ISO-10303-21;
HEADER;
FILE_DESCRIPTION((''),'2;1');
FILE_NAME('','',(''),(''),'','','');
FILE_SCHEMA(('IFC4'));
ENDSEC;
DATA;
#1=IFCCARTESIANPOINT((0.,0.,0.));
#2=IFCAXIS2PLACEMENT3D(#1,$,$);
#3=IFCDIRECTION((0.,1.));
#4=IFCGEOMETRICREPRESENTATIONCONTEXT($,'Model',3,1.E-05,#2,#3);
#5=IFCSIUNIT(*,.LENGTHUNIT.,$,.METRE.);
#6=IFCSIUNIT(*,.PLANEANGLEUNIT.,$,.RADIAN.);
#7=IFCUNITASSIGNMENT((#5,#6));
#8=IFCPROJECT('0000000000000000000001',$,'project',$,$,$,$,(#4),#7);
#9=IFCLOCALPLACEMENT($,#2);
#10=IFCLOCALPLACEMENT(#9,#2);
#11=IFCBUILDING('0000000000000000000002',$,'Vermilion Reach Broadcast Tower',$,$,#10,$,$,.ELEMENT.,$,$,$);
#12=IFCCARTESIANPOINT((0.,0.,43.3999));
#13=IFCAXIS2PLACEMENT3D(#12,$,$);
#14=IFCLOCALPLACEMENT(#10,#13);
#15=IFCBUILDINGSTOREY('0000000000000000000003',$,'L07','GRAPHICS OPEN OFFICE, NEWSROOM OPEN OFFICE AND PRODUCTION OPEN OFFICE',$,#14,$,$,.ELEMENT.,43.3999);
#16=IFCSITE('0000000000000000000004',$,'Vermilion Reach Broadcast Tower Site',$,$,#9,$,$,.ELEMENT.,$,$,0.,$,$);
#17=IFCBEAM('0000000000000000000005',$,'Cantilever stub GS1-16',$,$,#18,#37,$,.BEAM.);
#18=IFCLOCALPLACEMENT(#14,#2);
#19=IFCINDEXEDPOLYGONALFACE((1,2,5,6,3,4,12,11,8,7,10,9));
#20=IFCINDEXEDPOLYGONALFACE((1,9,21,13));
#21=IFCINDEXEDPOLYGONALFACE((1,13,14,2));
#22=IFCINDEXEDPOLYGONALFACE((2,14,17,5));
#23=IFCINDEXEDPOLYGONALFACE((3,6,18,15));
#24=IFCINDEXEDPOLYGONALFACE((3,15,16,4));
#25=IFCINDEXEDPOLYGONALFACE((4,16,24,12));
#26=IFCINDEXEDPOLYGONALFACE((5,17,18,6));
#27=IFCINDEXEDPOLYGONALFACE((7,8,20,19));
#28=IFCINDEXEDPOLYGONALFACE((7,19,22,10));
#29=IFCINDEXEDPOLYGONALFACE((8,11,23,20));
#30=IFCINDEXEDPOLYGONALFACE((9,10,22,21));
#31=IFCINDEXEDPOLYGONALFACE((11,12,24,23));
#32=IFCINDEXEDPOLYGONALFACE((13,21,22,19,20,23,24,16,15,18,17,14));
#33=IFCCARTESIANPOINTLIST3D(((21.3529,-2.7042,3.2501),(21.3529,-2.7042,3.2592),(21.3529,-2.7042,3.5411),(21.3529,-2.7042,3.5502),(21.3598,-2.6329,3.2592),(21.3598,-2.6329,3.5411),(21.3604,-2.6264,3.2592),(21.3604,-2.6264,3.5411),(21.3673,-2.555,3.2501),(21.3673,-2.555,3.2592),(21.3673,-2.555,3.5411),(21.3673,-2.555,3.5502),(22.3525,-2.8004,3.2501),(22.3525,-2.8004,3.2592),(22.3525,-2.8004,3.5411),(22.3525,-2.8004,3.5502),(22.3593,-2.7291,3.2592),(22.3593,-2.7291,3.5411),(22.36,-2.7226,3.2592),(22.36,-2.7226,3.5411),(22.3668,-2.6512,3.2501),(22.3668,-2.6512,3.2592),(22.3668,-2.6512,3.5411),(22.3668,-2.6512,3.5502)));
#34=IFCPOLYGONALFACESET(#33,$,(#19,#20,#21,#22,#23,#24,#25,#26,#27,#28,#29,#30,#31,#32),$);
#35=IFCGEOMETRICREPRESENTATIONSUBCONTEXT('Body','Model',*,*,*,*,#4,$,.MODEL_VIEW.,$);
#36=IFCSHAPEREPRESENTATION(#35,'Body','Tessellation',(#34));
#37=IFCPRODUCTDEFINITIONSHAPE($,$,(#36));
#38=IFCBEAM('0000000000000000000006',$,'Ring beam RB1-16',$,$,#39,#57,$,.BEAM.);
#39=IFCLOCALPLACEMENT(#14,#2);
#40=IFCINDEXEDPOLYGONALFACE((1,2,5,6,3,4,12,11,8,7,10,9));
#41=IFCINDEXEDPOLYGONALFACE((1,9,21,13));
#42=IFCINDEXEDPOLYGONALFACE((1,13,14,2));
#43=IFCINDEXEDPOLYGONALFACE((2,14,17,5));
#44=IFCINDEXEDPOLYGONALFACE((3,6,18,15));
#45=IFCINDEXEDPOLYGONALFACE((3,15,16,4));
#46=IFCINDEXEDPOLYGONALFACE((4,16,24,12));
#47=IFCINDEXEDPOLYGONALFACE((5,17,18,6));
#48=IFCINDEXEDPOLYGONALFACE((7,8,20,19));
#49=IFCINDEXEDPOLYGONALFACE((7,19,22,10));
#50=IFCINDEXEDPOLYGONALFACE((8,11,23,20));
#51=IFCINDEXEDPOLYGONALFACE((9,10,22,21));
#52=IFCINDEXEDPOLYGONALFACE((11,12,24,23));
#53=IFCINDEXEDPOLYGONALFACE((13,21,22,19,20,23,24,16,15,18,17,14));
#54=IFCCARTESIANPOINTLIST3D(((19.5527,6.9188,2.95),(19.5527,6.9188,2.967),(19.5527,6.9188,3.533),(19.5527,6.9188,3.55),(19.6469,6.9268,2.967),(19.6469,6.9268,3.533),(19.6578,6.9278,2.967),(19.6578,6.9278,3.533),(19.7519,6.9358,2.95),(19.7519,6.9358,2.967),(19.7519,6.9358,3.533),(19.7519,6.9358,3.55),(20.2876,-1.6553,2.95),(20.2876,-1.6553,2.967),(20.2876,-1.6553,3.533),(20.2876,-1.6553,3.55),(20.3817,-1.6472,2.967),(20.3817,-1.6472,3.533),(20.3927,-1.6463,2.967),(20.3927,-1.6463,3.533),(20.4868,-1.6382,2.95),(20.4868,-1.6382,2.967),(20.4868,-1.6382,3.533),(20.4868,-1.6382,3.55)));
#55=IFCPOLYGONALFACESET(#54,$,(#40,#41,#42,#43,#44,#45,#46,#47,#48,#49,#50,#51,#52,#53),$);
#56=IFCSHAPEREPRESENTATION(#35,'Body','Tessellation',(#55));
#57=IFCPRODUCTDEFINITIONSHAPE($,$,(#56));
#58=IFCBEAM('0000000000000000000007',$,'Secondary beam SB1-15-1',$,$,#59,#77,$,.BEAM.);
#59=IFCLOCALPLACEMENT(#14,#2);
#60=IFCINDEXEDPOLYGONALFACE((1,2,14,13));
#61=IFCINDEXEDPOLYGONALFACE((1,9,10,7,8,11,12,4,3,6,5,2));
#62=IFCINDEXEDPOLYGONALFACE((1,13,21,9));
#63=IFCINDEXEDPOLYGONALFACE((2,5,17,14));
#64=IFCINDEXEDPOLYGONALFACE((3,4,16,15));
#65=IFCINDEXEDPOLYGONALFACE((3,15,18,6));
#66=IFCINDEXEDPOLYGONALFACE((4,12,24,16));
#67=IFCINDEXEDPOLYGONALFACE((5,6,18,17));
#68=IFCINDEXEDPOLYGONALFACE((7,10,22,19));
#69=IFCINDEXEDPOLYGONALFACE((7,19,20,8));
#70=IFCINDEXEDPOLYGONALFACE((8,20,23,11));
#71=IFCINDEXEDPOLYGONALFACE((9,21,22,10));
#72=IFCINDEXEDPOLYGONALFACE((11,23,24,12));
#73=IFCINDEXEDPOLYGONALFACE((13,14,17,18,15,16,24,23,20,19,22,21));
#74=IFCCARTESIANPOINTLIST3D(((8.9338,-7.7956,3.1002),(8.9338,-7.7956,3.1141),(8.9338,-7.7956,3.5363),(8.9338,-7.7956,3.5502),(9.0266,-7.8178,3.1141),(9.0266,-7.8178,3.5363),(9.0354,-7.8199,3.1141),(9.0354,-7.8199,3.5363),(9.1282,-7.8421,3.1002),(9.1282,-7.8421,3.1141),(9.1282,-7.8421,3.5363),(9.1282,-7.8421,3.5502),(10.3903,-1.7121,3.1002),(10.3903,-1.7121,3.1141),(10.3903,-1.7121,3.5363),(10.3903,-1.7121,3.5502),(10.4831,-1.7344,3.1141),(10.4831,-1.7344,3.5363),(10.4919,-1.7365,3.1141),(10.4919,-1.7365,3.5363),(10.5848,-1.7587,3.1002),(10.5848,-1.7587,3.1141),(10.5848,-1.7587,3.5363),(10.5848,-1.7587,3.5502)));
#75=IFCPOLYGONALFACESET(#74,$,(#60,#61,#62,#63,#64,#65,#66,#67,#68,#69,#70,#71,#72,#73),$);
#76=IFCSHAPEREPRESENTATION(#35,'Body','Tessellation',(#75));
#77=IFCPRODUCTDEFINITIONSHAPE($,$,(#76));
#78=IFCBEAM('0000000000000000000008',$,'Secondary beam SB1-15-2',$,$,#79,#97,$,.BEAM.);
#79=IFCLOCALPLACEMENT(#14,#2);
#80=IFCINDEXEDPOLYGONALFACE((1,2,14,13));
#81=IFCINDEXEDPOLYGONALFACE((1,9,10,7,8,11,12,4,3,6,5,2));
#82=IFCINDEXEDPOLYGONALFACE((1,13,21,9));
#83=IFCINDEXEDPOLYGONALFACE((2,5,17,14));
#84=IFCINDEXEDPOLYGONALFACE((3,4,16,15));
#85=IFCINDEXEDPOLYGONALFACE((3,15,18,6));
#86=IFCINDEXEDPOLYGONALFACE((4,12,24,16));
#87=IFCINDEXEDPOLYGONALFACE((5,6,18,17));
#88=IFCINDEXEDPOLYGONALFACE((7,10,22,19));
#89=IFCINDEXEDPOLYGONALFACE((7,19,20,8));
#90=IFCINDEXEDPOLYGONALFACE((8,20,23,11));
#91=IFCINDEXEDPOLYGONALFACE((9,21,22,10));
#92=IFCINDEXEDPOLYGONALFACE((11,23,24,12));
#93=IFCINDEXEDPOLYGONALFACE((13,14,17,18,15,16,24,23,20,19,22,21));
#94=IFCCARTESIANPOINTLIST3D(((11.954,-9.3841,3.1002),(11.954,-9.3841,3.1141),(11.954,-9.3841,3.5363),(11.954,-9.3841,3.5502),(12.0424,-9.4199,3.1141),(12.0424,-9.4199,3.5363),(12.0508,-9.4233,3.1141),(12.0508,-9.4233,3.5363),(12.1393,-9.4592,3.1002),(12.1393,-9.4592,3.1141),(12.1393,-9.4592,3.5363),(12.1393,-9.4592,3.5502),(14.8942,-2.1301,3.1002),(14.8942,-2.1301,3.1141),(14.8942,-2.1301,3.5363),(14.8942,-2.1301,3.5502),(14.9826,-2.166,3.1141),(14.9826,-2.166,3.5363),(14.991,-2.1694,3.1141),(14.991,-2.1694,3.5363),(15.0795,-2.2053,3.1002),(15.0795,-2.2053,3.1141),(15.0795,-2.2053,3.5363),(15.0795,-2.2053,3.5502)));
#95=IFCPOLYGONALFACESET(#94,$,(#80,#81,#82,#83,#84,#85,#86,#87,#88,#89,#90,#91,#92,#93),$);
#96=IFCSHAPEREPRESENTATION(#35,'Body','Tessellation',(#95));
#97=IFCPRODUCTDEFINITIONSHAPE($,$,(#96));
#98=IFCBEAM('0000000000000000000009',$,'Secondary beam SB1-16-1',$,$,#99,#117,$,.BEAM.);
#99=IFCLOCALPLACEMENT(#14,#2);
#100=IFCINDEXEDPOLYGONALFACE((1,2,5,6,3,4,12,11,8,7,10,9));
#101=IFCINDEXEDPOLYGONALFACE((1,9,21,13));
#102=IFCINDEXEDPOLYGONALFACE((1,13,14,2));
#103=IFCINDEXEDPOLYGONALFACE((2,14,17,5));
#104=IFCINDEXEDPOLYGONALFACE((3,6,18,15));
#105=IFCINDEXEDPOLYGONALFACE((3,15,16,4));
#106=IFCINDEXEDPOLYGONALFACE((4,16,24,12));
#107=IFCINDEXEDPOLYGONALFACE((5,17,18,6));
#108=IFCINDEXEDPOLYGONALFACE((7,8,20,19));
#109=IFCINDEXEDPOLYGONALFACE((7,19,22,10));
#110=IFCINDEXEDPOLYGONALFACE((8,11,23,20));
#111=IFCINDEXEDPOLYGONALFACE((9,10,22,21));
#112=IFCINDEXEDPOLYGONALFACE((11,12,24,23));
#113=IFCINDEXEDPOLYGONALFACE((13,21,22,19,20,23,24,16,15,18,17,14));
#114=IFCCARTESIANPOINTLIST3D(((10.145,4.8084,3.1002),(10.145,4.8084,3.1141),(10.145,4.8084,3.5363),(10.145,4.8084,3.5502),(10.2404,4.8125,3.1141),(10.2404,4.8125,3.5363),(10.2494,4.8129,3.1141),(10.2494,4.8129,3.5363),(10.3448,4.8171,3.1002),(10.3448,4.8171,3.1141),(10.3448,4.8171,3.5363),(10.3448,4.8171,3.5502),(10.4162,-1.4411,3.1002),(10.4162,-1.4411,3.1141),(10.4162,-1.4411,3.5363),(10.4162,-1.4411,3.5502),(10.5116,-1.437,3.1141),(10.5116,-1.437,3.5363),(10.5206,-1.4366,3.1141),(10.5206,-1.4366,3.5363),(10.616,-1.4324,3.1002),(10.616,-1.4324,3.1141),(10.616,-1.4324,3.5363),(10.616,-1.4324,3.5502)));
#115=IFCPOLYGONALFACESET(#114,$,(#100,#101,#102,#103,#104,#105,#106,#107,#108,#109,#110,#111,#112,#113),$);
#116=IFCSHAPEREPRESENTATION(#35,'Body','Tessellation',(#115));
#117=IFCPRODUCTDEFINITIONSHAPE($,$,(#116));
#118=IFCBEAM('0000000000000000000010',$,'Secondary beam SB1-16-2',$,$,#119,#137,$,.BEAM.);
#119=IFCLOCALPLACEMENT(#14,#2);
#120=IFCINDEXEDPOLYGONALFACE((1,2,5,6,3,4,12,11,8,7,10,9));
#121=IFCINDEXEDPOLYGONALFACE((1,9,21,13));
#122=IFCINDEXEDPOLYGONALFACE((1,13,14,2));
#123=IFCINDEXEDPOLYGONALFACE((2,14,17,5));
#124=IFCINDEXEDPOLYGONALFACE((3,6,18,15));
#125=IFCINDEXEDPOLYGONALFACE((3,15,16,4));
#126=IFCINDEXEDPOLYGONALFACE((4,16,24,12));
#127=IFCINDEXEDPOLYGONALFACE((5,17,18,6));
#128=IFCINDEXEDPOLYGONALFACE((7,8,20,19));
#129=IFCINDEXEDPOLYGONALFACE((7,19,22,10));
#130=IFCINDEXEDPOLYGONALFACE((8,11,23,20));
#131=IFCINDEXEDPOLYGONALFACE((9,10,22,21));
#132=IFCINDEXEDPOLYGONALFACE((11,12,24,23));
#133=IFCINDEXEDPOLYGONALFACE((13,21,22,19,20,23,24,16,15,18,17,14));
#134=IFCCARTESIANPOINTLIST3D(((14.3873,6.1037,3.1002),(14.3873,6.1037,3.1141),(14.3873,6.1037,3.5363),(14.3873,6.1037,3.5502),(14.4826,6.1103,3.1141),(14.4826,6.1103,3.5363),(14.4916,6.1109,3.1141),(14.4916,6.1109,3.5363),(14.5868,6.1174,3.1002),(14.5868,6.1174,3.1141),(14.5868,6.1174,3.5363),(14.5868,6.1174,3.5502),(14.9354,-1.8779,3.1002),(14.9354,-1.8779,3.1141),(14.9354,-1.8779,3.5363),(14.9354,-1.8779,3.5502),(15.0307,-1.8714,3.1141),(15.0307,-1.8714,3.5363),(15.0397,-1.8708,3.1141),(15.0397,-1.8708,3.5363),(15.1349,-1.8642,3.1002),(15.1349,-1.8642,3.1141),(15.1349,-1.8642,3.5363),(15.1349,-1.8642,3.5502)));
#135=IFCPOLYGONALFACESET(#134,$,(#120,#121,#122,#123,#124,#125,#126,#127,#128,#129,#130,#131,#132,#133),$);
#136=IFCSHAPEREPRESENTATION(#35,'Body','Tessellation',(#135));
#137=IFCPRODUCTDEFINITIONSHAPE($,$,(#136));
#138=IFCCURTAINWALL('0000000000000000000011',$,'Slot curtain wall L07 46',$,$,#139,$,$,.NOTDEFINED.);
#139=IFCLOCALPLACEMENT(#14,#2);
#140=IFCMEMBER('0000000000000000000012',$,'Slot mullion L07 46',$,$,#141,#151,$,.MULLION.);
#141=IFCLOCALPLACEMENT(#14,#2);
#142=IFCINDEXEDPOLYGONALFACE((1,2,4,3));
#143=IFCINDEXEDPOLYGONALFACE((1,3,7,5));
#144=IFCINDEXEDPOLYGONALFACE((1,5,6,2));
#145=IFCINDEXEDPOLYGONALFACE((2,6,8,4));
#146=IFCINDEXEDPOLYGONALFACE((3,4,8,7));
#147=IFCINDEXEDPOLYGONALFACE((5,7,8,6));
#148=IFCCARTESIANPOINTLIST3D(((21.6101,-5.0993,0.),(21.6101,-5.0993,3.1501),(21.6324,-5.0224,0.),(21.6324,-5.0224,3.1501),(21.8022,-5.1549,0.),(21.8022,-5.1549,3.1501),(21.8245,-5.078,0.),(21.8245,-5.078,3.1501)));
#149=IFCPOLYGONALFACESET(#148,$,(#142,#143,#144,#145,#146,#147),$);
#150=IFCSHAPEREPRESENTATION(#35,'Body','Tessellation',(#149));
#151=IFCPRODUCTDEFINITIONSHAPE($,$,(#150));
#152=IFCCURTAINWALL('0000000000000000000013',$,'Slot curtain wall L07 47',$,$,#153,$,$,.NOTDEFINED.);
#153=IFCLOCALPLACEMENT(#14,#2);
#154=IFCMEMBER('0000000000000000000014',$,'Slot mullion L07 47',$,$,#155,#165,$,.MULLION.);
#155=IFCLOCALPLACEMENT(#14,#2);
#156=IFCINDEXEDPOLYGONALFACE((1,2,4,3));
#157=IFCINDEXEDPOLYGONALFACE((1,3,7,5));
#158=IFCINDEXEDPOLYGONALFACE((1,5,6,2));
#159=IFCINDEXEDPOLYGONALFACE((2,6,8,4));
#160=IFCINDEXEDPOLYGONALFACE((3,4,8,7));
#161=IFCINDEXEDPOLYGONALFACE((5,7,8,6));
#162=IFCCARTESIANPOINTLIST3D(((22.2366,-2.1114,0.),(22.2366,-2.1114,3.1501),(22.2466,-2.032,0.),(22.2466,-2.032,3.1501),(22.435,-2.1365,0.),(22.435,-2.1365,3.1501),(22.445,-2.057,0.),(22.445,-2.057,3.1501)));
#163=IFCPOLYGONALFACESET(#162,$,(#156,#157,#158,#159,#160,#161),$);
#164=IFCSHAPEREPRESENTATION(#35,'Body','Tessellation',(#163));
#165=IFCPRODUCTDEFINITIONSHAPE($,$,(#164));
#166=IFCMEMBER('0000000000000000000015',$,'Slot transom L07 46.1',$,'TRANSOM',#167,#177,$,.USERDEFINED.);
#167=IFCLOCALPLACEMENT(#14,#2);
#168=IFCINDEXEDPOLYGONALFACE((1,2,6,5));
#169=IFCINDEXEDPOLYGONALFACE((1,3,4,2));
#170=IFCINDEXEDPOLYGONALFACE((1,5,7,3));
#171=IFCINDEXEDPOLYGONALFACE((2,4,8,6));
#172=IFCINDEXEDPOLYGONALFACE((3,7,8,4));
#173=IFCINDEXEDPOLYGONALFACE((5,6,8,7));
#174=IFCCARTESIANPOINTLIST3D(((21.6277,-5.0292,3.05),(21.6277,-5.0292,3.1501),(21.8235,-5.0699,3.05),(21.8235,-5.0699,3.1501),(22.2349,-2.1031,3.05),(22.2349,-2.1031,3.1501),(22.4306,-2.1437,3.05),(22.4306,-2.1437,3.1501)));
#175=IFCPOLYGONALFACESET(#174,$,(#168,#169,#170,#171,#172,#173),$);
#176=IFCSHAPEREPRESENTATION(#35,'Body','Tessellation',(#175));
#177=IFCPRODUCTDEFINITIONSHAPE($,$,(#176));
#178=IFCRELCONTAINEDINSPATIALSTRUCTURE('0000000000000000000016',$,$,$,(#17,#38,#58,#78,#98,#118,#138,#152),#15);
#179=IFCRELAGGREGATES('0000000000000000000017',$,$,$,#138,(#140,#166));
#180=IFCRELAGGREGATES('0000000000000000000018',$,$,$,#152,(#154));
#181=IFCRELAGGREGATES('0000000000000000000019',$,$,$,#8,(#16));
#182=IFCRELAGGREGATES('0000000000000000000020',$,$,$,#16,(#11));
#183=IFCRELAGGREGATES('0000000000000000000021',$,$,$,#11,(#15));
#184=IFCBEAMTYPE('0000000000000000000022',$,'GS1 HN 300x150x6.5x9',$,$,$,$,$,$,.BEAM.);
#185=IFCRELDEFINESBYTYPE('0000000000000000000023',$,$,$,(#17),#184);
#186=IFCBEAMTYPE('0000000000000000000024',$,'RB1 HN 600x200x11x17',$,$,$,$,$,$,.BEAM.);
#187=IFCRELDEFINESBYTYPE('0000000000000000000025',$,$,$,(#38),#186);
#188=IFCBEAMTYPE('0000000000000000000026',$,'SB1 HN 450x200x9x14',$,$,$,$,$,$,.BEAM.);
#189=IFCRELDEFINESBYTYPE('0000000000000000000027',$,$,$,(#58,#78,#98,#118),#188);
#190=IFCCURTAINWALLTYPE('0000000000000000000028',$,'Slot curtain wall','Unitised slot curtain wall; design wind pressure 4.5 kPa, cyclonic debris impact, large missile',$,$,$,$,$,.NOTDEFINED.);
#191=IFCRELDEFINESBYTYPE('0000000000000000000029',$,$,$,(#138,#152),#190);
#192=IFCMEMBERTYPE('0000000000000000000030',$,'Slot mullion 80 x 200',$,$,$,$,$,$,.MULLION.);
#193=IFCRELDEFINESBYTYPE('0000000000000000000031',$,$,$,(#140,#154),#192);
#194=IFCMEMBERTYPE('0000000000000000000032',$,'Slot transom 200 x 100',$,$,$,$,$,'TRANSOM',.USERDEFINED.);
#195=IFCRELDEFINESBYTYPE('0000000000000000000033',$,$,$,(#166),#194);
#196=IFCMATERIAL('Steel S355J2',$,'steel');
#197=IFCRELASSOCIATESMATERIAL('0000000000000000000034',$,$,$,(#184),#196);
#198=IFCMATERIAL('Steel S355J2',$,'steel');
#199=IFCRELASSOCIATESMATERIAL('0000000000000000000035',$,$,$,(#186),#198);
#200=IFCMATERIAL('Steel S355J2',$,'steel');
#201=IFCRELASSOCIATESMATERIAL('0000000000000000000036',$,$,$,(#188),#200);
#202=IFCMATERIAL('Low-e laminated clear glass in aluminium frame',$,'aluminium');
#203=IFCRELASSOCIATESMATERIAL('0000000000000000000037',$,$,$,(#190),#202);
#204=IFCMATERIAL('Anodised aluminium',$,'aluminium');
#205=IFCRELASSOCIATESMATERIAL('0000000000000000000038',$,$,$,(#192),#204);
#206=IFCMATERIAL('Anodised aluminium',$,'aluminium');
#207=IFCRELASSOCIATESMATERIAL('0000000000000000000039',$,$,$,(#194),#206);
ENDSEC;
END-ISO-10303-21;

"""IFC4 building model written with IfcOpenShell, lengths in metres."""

from ifc_helpers import new_model, si_unit, direction, frame, origin, origin_2d, place, context, subcontext, project, spatial, rectangle, i_section, extrude, material, material_profile, profile_set, type_object, element, aggregate, save


model = new_model("IFC4")

# Units and contexts
model_context = context("Model", 3, precision=1e-05, world=origin(), true_north=direction((0.0, 1.0)))
body_context = subcontext(model_context, "Body", "Model", "MODEL_VIEW")
ifc_project = project(units=[si_unit("LENGTHUNIT", "METRE"), si_unit("PLANEANGLEUNIT", "RADIAN")], contexts=[model_context])

# Site, building, storey
site_placement = place(None, origin())
site = spatial("IfcSite", under=ifc_project, at=site_placement, Name="Vermilion Reach Broadcast Tower Site", CompositionType="ELEMENT", RefElevation=0.0)
building_placement = place(site_placement, origin())
building = spatial("IfcBuilding", under=site, at=building_placement, Name="Vermilion Reach Broadcast Tower", CompositionType="ELEMENT")
storey_placement = place(building_placement, frame((0.0, 0.0, 43.3999)))
storey = spatial("IfcBuildingStorey", under=building, at=storey_placement, Name="L07", Description="GRAPHICS OPEN OFFICE, NEWSROOM OPEN OFFICE AND PRODUCTION OPEN OFFICE", CompositionType="ELEMENT", Elevation=43.3999)

# Beams
ifc_material_1 = material(Name="Steel S355J2", Category="steel")
ifc_material_profile_1 = material_profile(ifc_material_1, i_section(OverallWidth=0.1499, OverallDepth=0.3, WebThickness=0.0066, FlangeThickness=0.009, at=origin_2d()), Name="S355J2 HN 300x150x6.5x9")
ifc_profile_set_1 = profile_set([ifc_material_profile_1], Name="Steel S355J2")
beam_type_1 = type_object("IfcBeamType", Name="GS1 HN 300x150x6.5x9", PredefinedType="BEAM", material=ifc_profile_set_1)
beam_1_placement = place(storey_placement, frame((21.3601, -2.6296, 3.4001), z_axis=(0.995401, -0.095796, 0.0), x_axis=(0.095796, 0.995401, 0.0)))
element("IfcBeam", 1, at=beam_1_placement, inside=storey, type_object=beam_type_1, Name="Cantilever stub GS1-16", PredefinedType="BEAM", context=body_context, shape_type="SweptSolid", body=[
    extrude(i_section(OverallWidth=0.1499, OverallDepth=0.3, WebThickness=0.0066, FlangeThickness=0.009, at=origin_2d()), origin(), (0.0, 0.0, 1.0), 1.0042),
])
ifc_material_2 = material(Name="Steel S355J2", Category="steel")
ifc_material_profile_2 = material_profile(ifc_material_2, i_section(OverallWidth=0.2, OverallDepth=0.6001, WebThickness=0.011, FlangeThickness=0.0171, at=origin_2d()), Name="S355J2 HN 600x200x11x17")
ifc_profile_set_2 = profile_set([ifc_material_profile_2], Name="Steel S355J2")
beam_type_2 = type_object("IfcBeamType", Name="RB1 HN 600x200x11x17", PredefinedType="BEAM", material=ifc_profile_set_2)
beam_2_placement = place(storey_placement, frame((20.3872, -1.6467, 3.25), z_axis=(-0.085396, 0.996347, 0.0), x_axis=(-0.996347, -0.085396, 0.0)))
element("IfcBeam", 2, at=beam_2_placement, inside=storey, type_object=beam_type_2, Name="Ring beam RB1-16", PredefinedType="BEAM", context=body_context, shape_type="SweptSolid", body=[
    extrude(i_section(OverallWidth=0.2, OverallDepth=0.6001, WebThickness=0.011, FlangeThickness=0.0171, at=origin_2d()), origin(), (0.0, 0.0, 1.0), 8.6055),
])
ifc_material_3 = material(Name="Steel S355J2", Category="steel")
ifc_material_profile_3 = material_profile(ifc_material_3, i_section(OverallWidth=0.2, OverallDepth=0.45, WebThickness=0.009, FlangeThickness=0.0139, at=origin_2d()), Name="S355J2 HN 450x200x9x14")
ifc_profile_set_3 = profile_set([ifc_material_profile_3], Name="Steel S355J2")
beam_type_3 = type_object("IfcBeamType", Name="SB1 HN 450x200x9x14", PredefinedType="BEAM", material=ifc_profile_set_3)
beam_3_placement = place(storey_placement, frame((9.031, -7.8188, 3.3252), z_axis=(0.232844, 0.972514, 0.0), x_axis=(-0.972514, 0.232844, 0.0)))
element("IfcBeam", 3, at=beam_3_placement, inside=storey, type_object=beam_type_3, Name="Secondary beam SB1-15-1", PredefinedType="BEAM", context=body_context, shape_type="SweptSolid", body=[
    extrude(i_section(OverallWidth=0.2, OverallDepth=0.45, WebThickness=0.009, FlangeThickness=0.0139, at=origin_2d()), origin(), (0.0, 0.0, 1.0), 6.2554),
])
beam_4_placement = place(storey_placement, frame((12.0466, -9.4216, 3.3252), z_axis=(0.375641, 0.926765, 0.0), x_axis=(-0.926765, 0.375641, 0.0)))
element("IfcBeam", 4, at=beam_4_placement, inside=storey, type_object=beam_type_3, Name="Secondary beam SB1-15-2", PredefinedType="BEAM", context=body_context, shape_type="SweptSolid", body=[
    extrude(i_section(OverallWidth=0.2, OverallDepth=0.45, WebThickness=0.009, FlangeThickness=0.0139, at=origin_2d()), origin(), (0.0, 0.0, 1.0), 7.8271),
])
beam_5_placement = place(storey_placement, frame((10.5161, -1.4368, 3.3252), z_axis=(-0.043361, 0.999059, 0.0), x_axis=(-0.999059, -0.043361, 0.0)))
element("IfcBeam", 5, at=beam_5_placement, inside=storey, type_object=beam_type_3, Name="Secondary beam SB1-16-1", PredefinedType="BEAM", context=body_context, shape_type="SweptSolid", body=[
    extrude(i_section(OverallWidth=0.2, OverallDepth=0.45, WebThickness=0.009, FlangeThickness=0.0139, at=origin_2d()), origin(), (0.0, 0.0, 1.0), 6.2554),
])
beam_6_placement = place(storey_placement, frame((15.0352, -1.8711, 3.3252), z_axis=(-0.068508, 0.997651, 0.0), x_axis=(-0.997651, -0.068508, 0.0)))
element("IfcBeam", 6, at=beam_6_placement, inside=storey, type_object=beam_type_3, Name="Secondary beam SB1-16-2", PredefinedType="BEAM", context=body_context, shape_type="SweptSolid", body=[
    extrude(i_section(OverallWidth=0.2, OverallDepth=0.45, WebThickness=0.009, FlangeThickness=0.0139, at=origin_2d()), origin(), (0.0, 0.0, 1.0), 8.0005),
])

# Curtain walls, members
ifc_material_4 = material(Name="Low-e laminated clear glass in aluminium frame", Category="aluminium")
curtain_wall_type = type_object("IfcCurtainWallType", Name="Slot curtain wall", Description="Unitised slot curtain wall; design wind pressure 4.5 kPa, cyclonic debris impact, large missile", PredefinedType="NOTDEFINED", material=ifc_material_4)
placement = place(storey_placement, origin())
curtain_wall_1 = element("IfcCurtainWall", 7, at=placement, inside=storey, type_object=curtain_wall_type, Name="Slot curtain wall L07 46", PredefinedType="NOTDEFINED")
ifc_material_5 = material(Name="Anodised aluminium", Category="aluminium")
ifc_material_profile_4 = material_profile(ifc_material_5, rectangle(XDim=0.2, YDim=0.0801, at=origin_2d()), Name="Slot mullion 80 x 200")
ifc_profile_set_4 = profile_set([ifc_material_profile_4], Name="Anodised aluminium")
member_type_1 = type_object("IfcMemberType", Name="Slot mullion 80 x 200", PredefinedType="MULLION", material=ifc_profile_set_4)
member_1_placement = place(storey_placement, frame((21.7173, -5.0886, 0.0), z_axis=(0.0, 0.0, 1.0), x_axis=(-0.96052, 0.27821, 0.0)))
member_1 = element("IfcMember", 8, at=member_1_placement, type_object=member_type_1, Name="Slot mullion L07 46", PredefinedType="MULLION", context=body_context, shape_type="SweptSolid", body=[
    extrude(rectangle(XDim=0.2, YDim=0.0801, at=origin_2d()), origin(), (0.0, 0.0, 1.0), 3.1501),
])
curtain_wall_2 = element("IfcCurtainWall", 9, at=placement, inside=storey, type_object=curtain_wall_type, Name="Slot curtain wall L07 47", PredefinedType="NOTDEFINED")
member_2_placement = place(storey_placement, frame((22.3408, -2.0842, 0.0), z_axis=(0.0, 0.0, 1.0), x_axis=(-0.992139, 0.125141, 0.0)))
member_2 = element("IfcMember", 10, at=member_2_placement, type_object=member_type_1, Name="Slot mullion L07 47", PredefinedType="MULLION", context=body_context, shape_type="SweptSolid", body=[
    extrude(rectangle(XDim=0.2, YDim=0.0801, at=origin_2d()), origin(), (0.0, 0.0, 1.0), 3.1501),
])

# Member
ifc_material_6 = material(Name="Anodised aluminium", Category="aluminium")
ifc_material_profile_5 = material_profile(ifc_material_6, rectangle(XDim=0.2, YDim=0.1001, at=origin_2d()), Name="Slot transom 200 x 100")
ifc_profile_set_5 = profile_set([ifc_material_profile_5], Name="Anodised aluminium")
member_type_2 = type_object("IfcMemberType", Name="Slot transom 200 x 100", ElementType="TRANSOM", PredefinedType="USERDEFINED", material=ifc_profile_set_5)
member_3_placement = place(storey_placement, frame((21.7256, -5.0496, 3.1001), z_axis=(0.203165, 0.979145, 0.0), x_axis=(-0.979145, 0.203165, 0.0)))
member_3 = element("IfcMember", 11, at=member_3_placement, type_object=member_type_2, Name="Slot transom L07 46.1", ObjectType="TRANSOM", PredefinedType="USERDEFINED", context=body_context, shape_type="SweptSolid", body=[
    extrude(rectangle(XDim=0.2, YDim=0.1001, at=origin_2d()), origin(), (0.0, 0.0, 1.0), 2.9885),
])

aggregate(curtain_wall_1, [member_1, member_3])
aggregate(curtain_wall_2, [member_2])

save(model, "model.ifc")
